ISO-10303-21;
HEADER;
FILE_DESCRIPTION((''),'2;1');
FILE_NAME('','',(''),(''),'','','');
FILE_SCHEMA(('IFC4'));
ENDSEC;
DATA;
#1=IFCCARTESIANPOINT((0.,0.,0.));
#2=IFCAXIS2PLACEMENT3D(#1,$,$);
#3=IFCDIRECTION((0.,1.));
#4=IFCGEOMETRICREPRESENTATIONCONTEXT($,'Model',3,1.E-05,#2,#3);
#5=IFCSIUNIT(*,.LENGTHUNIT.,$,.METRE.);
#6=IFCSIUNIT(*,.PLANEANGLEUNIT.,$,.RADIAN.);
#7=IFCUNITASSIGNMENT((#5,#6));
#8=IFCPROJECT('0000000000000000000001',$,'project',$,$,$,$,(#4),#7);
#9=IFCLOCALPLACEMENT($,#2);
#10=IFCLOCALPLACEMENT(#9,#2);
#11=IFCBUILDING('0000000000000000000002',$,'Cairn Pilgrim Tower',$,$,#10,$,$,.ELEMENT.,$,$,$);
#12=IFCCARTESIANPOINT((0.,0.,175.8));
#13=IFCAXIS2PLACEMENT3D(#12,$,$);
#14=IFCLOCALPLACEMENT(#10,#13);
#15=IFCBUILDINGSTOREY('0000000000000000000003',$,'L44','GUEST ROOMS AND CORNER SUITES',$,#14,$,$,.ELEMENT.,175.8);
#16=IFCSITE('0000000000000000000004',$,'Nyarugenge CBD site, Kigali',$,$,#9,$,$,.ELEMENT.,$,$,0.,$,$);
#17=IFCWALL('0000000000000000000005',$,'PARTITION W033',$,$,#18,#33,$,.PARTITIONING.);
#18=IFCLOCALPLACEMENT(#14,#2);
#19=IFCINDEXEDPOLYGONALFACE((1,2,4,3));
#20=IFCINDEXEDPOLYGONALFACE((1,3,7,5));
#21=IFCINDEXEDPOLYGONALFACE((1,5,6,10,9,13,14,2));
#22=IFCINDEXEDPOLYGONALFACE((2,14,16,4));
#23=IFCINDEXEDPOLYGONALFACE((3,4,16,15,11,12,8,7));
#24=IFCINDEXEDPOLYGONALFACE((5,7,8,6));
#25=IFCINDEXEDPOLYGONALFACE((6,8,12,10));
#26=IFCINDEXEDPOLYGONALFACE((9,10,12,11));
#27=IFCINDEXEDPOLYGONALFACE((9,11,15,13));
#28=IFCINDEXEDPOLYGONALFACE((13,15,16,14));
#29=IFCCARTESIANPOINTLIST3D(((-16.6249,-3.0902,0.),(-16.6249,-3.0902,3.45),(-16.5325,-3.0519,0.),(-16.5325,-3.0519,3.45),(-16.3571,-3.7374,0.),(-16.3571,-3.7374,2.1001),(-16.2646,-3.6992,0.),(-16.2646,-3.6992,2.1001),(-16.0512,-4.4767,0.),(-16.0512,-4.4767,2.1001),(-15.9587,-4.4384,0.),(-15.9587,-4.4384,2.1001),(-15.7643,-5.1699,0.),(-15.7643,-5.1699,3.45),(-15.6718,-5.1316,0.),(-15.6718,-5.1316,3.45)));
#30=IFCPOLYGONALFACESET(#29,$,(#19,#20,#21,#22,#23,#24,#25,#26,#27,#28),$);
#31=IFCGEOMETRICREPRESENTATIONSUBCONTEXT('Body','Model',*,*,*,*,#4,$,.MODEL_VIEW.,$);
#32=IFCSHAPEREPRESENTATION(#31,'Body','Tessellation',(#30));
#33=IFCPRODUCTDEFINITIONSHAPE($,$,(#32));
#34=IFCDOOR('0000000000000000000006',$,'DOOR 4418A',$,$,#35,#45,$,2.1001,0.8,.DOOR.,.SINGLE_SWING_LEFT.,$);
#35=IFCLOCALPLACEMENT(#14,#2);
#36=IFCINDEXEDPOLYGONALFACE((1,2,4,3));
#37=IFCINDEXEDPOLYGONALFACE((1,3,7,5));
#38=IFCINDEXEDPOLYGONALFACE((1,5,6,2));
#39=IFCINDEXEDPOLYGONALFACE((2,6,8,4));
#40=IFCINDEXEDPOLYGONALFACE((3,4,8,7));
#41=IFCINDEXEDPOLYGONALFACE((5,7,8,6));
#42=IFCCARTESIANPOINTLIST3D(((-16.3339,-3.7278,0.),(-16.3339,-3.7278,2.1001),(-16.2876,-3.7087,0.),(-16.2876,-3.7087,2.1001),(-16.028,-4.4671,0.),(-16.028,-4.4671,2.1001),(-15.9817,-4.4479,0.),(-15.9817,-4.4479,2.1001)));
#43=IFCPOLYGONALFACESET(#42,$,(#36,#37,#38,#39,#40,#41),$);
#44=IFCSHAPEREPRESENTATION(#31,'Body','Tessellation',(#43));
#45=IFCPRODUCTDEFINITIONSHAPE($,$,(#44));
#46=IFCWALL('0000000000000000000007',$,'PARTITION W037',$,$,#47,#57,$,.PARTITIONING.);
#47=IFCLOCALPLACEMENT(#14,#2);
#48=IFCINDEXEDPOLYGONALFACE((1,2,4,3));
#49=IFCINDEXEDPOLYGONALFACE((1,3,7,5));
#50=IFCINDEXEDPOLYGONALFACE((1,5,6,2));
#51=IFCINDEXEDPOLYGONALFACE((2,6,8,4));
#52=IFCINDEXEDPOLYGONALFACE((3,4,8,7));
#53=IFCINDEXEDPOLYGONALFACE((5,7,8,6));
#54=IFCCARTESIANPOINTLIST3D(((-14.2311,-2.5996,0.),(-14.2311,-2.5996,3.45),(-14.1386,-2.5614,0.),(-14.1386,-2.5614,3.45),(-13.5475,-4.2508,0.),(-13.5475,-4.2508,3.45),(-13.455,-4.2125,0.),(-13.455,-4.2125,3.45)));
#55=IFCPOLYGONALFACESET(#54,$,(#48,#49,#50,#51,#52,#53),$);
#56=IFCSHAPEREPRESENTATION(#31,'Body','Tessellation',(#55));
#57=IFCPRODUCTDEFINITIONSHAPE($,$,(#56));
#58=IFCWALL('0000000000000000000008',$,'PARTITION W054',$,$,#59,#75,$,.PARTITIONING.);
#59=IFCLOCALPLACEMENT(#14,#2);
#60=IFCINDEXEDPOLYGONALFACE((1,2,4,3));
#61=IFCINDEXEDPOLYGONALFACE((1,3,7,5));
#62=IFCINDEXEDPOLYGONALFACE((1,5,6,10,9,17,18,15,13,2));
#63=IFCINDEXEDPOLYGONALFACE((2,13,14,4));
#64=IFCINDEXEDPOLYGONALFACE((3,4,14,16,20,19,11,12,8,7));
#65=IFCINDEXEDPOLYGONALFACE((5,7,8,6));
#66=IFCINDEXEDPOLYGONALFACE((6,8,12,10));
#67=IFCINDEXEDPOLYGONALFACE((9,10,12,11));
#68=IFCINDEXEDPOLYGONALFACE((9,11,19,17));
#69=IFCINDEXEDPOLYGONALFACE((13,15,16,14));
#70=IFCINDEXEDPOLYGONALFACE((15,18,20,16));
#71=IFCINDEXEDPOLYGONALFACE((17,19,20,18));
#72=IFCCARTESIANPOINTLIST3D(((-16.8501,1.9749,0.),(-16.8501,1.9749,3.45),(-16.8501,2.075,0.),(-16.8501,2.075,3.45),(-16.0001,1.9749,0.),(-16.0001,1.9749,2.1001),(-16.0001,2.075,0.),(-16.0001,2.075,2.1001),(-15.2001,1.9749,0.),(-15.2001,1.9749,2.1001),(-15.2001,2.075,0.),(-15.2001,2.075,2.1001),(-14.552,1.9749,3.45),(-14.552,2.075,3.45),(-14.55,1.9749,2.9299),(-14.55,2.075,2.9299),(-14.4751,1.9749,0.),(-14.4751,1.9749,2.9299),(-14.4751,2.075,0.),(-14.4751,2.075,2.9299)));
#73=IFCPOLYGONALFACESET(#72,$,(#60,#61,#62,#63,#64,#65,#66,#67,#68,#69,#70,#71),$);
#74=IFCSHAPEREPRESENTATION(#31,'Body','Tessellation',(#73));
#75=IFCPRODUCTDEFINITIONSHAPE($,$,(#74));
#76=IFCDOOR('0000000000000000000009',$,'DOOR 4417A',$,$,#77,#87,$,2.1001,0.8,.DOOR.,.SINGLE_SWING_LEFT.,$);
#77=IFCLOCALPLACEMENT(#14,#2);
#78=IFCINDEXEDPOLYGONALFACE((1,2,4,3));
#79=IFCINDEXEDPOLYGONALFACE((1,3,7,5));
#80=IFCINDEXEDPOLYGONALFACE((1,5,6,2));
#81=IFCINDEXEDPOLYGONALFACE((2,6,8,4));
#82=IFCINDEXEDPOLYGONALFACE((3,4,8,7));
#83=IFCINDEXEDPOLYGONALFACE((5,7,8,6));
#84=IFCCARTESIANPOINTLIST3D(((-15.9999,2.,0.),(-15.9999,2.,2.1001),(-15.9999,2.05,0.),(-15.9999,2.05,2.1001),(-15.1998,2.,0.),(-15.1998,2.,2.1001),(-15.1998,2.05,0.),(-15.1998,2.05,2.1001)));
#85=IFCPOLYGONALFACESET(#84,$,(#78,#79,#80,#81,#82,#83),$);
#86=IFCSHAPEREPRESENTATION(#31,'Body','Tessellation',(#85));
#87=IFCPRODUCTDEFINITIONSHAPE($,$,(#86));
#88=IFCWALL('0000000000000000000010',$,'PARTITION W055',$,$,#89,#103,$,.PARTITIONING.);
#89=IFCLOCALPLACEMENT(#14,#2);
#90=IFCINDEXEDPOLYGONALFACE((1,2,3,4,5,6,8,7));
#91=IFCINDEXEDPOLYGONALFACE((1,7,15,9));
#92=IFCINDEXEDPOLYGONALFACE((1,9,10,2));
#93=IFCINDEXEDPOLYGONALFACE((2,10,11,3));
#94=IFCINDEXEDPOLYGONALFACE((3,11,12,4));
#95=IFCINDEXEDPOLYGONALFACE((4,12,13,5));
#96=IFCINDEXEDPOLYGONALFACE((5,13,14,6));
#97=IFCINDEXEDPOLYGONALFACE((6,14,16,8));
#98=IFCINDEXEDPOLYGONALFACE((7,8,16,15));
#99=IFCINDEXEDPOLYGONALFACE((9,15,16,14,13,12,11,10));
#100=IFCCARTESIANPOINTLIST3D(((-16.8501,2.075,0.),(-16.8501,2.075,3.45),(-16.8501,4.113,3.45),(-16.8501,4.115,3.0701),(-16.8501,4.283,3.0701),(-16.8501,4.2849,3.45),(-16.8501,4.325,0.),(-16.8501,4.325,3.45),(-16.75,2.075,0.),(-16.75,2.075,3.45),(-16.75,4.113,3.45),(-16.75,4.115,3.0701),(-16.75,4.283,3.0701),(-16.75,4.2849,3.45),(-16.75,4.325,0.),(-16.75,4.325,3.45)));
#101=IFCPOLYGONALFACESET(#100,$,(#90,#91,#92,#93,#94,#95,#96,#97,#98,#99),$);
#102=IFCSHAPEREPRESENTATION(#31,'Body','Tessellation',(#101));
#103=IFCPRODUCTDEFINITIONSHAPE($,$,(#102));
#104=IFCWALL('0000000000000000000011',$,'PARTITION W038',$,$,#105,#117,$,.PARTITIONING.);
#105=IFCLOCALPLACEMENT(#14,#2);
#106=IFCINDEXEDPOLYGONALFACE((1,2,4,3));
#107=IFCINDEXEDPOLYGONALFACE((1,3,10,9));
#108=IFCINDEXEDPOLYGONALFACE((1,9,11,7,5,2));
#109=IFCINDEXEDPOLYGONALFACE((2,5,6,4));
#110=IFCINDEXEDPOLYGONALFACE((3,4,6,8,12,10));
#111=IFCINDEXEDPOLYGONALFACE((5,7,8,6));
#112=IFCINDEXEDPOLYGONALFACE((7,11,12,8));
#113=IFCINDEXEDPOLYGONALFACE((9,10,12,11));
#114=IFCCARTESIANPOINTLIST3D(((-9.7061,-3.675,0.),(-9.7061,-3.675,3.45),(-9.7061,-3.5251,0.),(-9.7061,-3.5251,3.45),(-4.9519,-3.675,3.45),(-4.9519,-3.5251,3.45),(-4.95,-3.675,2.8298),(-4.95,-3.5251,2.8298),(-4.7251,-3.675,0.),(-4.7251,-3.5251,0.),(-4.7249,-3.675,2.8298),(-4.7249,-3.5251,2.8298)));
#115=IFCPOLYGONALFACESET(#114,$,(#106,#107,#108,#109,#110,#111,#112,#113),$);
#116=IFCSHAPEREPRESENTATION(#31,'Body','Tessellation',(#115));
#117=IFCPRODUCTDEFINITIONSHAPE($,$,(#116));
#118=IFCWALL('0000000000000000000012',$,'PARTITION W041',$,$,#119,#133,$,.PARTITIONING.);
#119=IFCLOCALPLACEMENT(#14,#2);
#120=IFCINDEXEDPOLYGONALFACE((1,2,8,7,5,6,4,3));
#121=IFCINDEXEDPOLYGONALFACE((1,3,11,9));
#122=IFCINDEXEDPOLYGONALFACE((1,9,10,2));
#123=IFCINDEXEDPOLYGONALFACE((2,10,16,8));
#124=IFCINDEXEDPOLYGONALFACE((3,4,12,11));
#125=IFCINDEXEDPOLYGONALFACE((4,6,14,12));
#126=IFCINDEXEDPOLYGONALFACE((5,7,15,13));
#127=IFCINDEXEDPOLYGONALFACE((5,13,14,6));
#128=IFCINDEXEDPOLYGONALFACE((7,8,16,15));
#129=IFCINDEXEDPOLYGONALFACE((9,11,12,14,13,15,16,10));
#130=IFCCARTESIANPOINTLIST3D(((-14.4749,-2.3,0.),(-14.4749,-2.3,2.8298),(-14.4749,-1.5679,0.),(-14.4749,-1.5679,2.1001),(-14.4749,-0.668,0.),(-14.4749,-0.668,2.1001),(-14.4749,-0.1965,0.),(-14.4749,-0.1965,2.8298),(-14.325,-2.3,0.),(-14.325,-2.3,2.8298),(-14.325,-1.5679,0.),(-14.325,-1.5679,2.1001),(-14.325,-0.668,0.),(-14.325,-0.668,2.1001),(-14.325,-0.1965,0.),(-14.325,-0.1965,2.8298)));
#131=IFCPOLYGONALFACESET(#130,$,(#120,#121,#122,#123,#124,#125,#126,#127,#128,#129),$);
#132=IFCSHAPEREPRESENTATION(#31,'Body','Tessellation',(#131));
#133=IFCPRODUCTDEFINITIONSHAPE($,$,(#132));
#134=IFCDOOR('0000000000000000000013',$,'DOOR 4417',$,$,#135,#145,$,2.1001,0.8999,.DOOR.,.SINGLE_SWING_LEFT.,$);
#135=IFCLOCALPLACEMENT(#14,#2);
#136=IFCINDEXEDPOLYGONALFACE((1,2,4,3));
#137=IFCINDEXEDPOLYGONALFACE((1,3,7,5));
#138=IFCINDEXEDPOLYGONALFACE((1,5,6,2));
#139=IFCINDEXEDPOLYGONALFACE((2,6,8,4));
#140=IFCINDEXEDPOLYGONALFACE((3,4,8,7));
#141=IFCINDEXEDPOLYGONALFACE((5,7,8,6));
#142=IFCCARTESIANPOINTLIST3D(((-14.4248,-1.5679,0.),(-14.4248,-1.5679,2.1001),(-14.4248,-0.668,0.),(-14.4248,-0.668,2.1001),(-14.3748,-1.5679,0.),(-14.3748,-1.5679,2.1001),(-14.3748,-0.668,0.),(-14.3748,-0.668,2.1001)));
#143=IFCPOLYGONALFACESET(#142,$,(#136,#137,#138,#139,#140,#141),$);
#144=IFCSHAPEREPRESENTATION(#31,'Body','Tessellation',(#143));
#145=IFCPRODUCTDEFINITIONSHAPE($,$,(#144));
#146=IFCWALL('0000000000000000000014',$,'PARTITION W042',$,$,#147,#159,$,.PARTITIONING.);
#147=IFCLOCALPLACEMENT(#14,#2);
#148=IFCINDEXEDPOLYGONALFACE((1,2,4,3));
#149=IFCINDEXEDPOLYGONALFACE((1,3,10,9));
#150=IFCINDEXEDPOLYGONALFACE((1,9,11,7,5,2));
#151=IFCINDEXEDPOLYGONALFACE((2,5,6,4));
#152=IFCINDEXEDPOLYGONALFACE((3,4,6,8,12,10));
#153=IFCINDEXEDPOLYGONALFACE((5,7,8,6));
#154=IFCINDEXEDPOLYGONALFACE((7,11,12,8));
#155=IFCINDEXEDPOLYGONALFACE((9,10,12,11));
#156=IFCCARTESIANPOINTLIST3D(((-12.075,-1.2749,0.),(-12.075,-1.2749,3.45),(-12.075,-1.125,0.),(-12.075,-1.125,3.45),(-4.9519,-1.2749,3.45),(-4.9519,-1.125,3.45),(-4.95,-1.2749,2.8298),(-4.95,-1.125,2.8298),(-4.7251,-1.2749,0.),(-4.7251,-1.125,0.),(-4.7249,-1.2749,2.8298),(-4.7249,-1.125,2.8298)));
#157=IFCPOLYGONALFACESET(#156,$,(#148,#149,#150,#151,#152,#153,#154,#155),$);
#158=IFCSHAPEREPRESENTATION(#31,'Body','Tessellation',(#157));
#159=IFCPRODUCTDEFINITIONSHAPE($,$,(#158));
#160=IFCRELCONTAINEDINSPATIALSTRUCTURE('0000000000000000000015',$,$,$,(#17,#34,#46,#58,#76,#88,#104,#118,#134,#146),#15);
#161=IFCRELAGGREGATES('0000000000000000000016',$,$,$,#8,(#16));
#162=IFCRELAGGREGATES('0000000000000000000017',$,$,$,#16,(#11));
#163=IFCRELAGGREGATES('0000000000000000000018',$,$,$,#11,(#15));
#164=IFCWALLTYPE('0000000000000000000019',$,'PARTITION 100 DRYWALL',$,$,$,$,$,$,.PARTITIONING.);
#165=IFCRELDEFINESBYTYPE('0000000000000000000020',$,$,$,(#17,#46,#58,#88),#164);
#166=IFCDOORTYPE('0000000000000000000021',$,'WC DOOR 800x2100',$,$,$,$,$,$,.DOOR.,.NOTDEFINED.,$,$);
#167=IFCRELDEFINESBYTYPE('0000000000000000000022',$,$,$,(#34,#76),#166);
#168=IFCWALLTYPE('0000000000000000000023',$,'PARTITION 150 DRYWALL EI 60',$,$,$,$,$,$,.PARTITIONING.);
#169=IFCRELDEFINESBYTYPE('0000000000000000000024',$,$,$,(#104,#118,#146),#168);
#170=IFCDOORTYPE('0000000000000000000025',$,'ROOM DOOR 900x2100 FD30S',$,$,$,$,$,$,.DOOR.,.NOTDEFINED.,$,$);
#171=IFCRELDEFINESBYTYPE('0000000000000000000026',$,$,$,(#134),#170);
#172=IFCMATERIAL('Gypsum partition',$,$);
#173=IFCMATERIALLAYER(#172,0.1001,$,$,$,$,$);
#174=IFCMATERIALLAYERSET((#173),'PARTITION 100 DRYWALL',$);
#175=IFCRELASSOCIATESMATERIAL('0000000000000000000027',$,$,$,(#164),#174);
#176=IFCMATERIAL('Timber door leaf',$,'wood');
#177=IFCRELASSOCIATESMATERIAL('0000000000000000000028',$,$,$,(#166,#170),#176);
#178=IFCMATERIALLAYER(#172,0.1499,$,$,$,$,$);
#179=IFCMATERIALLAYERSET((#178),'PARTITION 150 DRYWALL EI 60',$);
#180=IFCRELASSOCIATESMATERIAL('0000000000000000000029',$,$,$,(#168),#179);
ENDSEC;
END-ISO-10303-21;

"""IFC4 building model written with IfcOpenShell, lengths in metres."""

from ifc_helpers import new_model, si_unit, direction, frame, frame_2d, origin, place, context, subcontext, project, spatial, polyline, rectangle, outline, extrude, material, layer, layer_set, type_object, element, fill, save


model = new_model("IFC4")

# Units and contexts
model_context = context("Model", 3, precision=1e-05, world=origin(), true_north=direction((0.0, 1.0)))
body_context = subcontext(model_context, "Body", "Model", "MODEL_VIEW")
ifc_project = project(units=[si_unit("LENGTHUNIT", "METRE"), si_unit("PLANEANGLEUNIT", "RADIAN")], contexts=[model_context])

# Site, building, storey
site_placement = place(None, origin())
site = spatial("IfcSite", under=ifc_project, at=site_placement, Name="Nyarugenge CBD site, Kigali", CompositionType="ELEMENT", RefElevation=0.0)
building_placement = place(site_placement, origin())
building = spatial("IfcBuilding", under=site, at=building_placement, Name="Cairn Pilgrim Tower", CompositionType="ELEMENT")
storey_placement = place(building_placement, frame((0.0, 0.0, 175.8)))
storey = spatial("IfcBuildingStorey", under=building, at=storey_placement, Name="L44", Description="GUEST ROOMS AND CORNER SUITES", CompositionType="ELEMENT", Elevation=175.8)

# Shared definitions
ifc_material_1 = material(Name="Gypsum partition")
ifc_layer_1 = layer(ifc_material_1, 0.1001)
ifc_layer_set_1 = layer_set([ifc_layer_1], Name="PARTITION 100 DRYWALL")
wall_type_1 = type_object("IfcWallType", Name="PARTITION 100 DRYWALL", PredefinedType="PARTITIONING", material=ifc_layer_set_1)

# Wall, opening, door
wall_1_placement = place(storey_placement, frame((-15.718, -5.1509, 0.0), z_axis=(0.0, 0.0, 1.0), x_axis=(-0.382381, 0.924005, 0.0)))
wall_1 = element("IfcWall", 1, at=wall_1_placement, inside=storey, type_object=wall_type_1, Name="PARTITION W033", PredefinedType="PARTITIONING", context=body_context, shape_type="SweptSolid", body=[
    extrude(rectangle(XDim=2.2507, YDim=0.1001, at=frame_2d((1.1255, 0.0))), origin(), (0.0, 0.0, 1.0), 3.45),
])
opening_1_placement = place(wall_1_placement, frame((0.7505, 0.0, 0.0)))
opening_1 = element("IfcOpeningElement", 2, at=opening_1_placement, cuts=wall_1, PredefinedType="OPENING", context=body_context, shape_type="SweptSolid", body=[
    extrude(rectangle(XDim=0.8, YDim=2.1001, at=frame_2d((0.3999, 1.05))), frame((0.0, 0.0601, 0.0), z_axis=(0.0, -1.0, 0.0), x_axis=(1.0, 0.0, 0.0)), (0.0, 0.0, 1.0), 0.1201),
])
ifc_material_2 = material(Name="Timber door leaf", Category="wood")
door_type_1 = type_object("IfcDoorType", Name="WC DOOR 800x2100", OperationType="NOTDEFINED", PredefinedType="DOOR", material=ifc_material_2)
door_1_placement = place(opening_1_placement, origin())
door_1 = element("IfcDoor", 3, at=door_1_placement, inside=storey, type_object=door_type_1, Name="DOOR 4418A", OperationType="SINGLE_SWING_LEFT", OverallHeight=2.1001, OverallWidth=0.8, PredefinedType="DOOR", context=body_context, shape_type="SweptSolid", body=[
    extrude(rectangle(XDim=0.8, YDim=2.1001, at=frame_2d((0.3999, 1.05))), frame((0.0, 0.0249, 0.0), z_axis=(0.0, -1.0, 0.0), x_axis=(1.0, 0.0, 0.0)), (0.0, 0.0, 1.0), 0.05),
])
fill(opening_1, door_1)

# Wall
wall_2_placement = place(storey_placement, frame((-13.5012, -4.2317, 0.0), z_axis=(0.0, 0.0, 1.0), x_axis=(-0.382529, 0.923944, 0.0)))
element("IfcWall", 4, at=wall_2_placement, inside=storey, type_object=wall_type_1, Name="PARTITION W037", PredefinedType="PARTITIONING", context=body_context, shape_type="SweptSolid", body=[
    extrude(rectangle(XDim=1.7871, YDim=0.1001, at=frame_2d((0.8936, 0.0))), origin(), (0.0, 0.0, 1.0), 3.45),
])

# Wall, opening, door
wall_3_placement = place(storey_placement, frame((-16.8501, 2.0249, 0.0), z_axis=(0.0, 0.0, 1.0), x_axis=(1.0, 0.0, 0.0)))
wall_3 = element("IfcWall", 5, at=wall_3_placement, inside=storey, type_object=wall_type_1, Name="PARTITION W054", PredefinedType="PARTITIONING", context=body_context, shape_type="SweptSolid", body=[
    extrude(outline(polyline([(0.0, 0.0), (2.375, 0.0), (2.375, 2.9299), (2.3, 2.9299), (2.2981, 3.45), (0.0, 3.45), (0.0, 0.0)])), frame((0.0, 0.05, 0.0), z_axis=(0.0, -1.0, 0.0), x_axis=(1.0, 0.0, 0.0)), (0.0, 0.0, 1.0), 0.1001),
])
opening_2_placement = place(wall_3_placement, frame((0.8501, 0.0, 0.0)))
opening_2 = element("IfcOpeningElement", 6, at=opening_2_placement, cuts=wall_3, PredefinedType="OPENING", context=body_context, shape_type="SweptSolid", body=[
    extrude(rectangle(XDim=0.8, YDim=2.1001, at=frame_2d((0.3999, 1.05))), frame((0.0, 0.0601, 0.0), z_axis=(0.0, -1.0, 0.0), x_axis=(1.0, 0.0, 0.0)), (0.0, 0.0, 1.0), 0.1201),
])
door_2_placement = place(opening_2_placement, frame((0.8, 0.0, 0.0), z_axis=(0.0, 0.0, 1.0), x_axis=(-1.0, 0.0, 0.0)))
door_2 = element("IfcDoor", 7, at=door_2_placement, inside=storey, type_object=door_type_1, Name="DOOR 4417A", OperationType="SINGLE_SWING_LEFT", OverallHeight=2.1001, OverallWidth=0.8, PredefinedType="DOOR", context=body_context, shape_type="SweptSolid", body=[
    extrude(rectangle(XDim=0.8, YDim=2.1001, at=frame_2d((0.3999, 1.05))), frame((0.0, 0.0249, 0.0), z_axis=(0.0, -1.0, 0.0), x_axis=(1.0, 0.0, 0.0)), (0.0, 0.0, 1.0), 0.05),
])
fill(opening_2, door_2)

# Walls
wall_4_placement = place(storey_placement, frame((-16.8, 2.075, 0.0), z_axis=(0.0, 0.0, 1.0), x_axis=(0.0, 1.0, 0.0)))
element("IfcWall", 8, at=wall_4_placement, inside=storey, type_object=wall_type_1, Name="PARTITION W055", PredefinedType="PARTITIONING", context=body_context, shape_type="SweptSolid", body=[
    extrude(outline(polyline([(0.0, 0.0), (2.25, 0.0), (2.25, 3.45), (2.21, 3.45), (2.208, 3.0701), (2.04, 3.0701), (2.0381, 3.45), (0.0, 3.45), (0.0, 0.0)])), frame((0.0, 0.05, 0.0), z_axis=(0.0, -1.0, 0.0), x_axis=(1.0, 0.0, 0.0)), (0.0, 0.0, 1.0), 0.1001),
])
ifc_layer_2 = layer(ifc_material_1, 0.1499)
ifc_layer_set_2 = layer_set([ifc_layer_2], Name="PARTITION 150 DRYWALL EI 60")
wall_type_2 = type_object("IfcWallType", Name="PARTITION 150 DRYWALL EI 60", PredefinedType="PARTITIONING", material=ifc_layer_set_2)
wall_5_placement = place(storey_placement, frame((-9.7061, -3.6001, 0.0), z_axis=(0.0, 0.0, 1.0), x_axis=(1.0, 0.0, 0.0)))
element("IfcWall", 9, at=wall_5_placement, inside=storey, type_object=wall_type_2, Name="PARTITION W038", PredefinedType="PARTITIONING", context=body_context, shape_type="SweptSolid", body=[
    extrude(outline(polyline([(0.0, 0.0), (4.981, 0.0), (4.9812, 2.8298), (4.7561, 2.8298), (4.7542, 3.45), (0.0, 3.45), (0.0, 0.0)])), frame((0.0, 0.075, 0.0), z_axis=(0.0, -1.0, 0.0), x_axis=(1.0, 0.0, 0.0)), (0.0, 0.0, 1.0), 0.1499),
])

# Wall, opening, door
wall_6_placement = place(storey_placement, frame((-14.3999, -2.3, 0.0), z_axis=(0.0, 0.0, 1.0), x_axis=(0.0, 1.0, 0.0)))
wall_6 = element("IfcWall", 10, at=wall_6_placement, inside=storey, type_object=wall_type_2, Name="PARTITION W041", PredefinedType="PARTITIONING", context=body_context, shape_type="SweptSolid", body=[
    extrude(rectangle(XDim=2.1035, YDim=0.1499, at=frame_2d((1.0518, 0.0))), origin(), (0.0, 0.0, 1.0), 2.8298),
])
opening_3_placement = place(wall_6_placement, frame((0.7322, 0.0, 0.0)))
opening_3 = element("IfcOpeningElement", 11, at=opening_3_placement, cuts=wall_6, PredefinedType="OPENING", context=body_context, shape_type="SweptSolid", body=[
    extrude(rectangle(XDim=0.8999, YDim=2.1001, at=frame_2d((0.45, 1.05))), frame((0.0, 0.085, 0.0), z_axis=(0.0, -1.0, 0.0), x_axis=(1.0, 0.0, 0.0)), (0.0, 0.0, 1.0), 0.1699),
])
door_type_2 = type_object("IfcDoorType", Name="ROOM DOOR 900x2100 FD30S", OperationType="NOTDEFINED", PredefinedType="DOOR", material=ifc_material_2)
door_3_placement = place(opening_3_placement, origin())
door_3 = element("IfcDoor", 12, at=door_3_placement, inside=storey, type_object=door_type_2, Name="DOOR 4417", OperationType="SINGLE_SWING_LEFT", OverallHeight=2.1001, OverallWidth=0.8999, PredefinedType="DOOR", context=body_context, shape_type="SweptSolid", body=[
    extrude(rectangle(XDim=0.8999, YDim=2.1001, at=frame_2d((0.45, 1.05))), frame((0.0, 0.0249, 0.0), z_axis=(0.0, -1.0, 0.0), x_axis=(1.0, 0.0, 0.0)), (0.0, 0.0, 1.0), 0.05),
])
fill(opening_3, door_3)

# Wall
wall_7_placement = place(storey_placement, frame((-12.075, -1.2, 0.0), z_axis=(0.0, 0.0, 1.0), x_axis=(1.0, 0.0, 0.0)))
element("IfcWall", 13, at=wall_7_placement, inside=storey, type_object=wall_type_2, Name="PARTITION W042", PredefinedType="PARTITIONING", context=body_context, shape_type="SweptSolid", body=[
    extrude(outline(polyline([(0.0, 0.0), (7.3499, 0.0), (7.3501, 2.8298), (7.125, 2.8298), (7.123, 3.45), (0.0, 3.45), (0.0, 0.0)])), frame((0.0, 0.075, 0.0), z_axis=(0.0, -1.0, 0.0), x_axis=(1.0, 0.0, 0.0)), (0.0, 0.0, 1.0), 0.1499),
])

save(model, "model.ifc")
